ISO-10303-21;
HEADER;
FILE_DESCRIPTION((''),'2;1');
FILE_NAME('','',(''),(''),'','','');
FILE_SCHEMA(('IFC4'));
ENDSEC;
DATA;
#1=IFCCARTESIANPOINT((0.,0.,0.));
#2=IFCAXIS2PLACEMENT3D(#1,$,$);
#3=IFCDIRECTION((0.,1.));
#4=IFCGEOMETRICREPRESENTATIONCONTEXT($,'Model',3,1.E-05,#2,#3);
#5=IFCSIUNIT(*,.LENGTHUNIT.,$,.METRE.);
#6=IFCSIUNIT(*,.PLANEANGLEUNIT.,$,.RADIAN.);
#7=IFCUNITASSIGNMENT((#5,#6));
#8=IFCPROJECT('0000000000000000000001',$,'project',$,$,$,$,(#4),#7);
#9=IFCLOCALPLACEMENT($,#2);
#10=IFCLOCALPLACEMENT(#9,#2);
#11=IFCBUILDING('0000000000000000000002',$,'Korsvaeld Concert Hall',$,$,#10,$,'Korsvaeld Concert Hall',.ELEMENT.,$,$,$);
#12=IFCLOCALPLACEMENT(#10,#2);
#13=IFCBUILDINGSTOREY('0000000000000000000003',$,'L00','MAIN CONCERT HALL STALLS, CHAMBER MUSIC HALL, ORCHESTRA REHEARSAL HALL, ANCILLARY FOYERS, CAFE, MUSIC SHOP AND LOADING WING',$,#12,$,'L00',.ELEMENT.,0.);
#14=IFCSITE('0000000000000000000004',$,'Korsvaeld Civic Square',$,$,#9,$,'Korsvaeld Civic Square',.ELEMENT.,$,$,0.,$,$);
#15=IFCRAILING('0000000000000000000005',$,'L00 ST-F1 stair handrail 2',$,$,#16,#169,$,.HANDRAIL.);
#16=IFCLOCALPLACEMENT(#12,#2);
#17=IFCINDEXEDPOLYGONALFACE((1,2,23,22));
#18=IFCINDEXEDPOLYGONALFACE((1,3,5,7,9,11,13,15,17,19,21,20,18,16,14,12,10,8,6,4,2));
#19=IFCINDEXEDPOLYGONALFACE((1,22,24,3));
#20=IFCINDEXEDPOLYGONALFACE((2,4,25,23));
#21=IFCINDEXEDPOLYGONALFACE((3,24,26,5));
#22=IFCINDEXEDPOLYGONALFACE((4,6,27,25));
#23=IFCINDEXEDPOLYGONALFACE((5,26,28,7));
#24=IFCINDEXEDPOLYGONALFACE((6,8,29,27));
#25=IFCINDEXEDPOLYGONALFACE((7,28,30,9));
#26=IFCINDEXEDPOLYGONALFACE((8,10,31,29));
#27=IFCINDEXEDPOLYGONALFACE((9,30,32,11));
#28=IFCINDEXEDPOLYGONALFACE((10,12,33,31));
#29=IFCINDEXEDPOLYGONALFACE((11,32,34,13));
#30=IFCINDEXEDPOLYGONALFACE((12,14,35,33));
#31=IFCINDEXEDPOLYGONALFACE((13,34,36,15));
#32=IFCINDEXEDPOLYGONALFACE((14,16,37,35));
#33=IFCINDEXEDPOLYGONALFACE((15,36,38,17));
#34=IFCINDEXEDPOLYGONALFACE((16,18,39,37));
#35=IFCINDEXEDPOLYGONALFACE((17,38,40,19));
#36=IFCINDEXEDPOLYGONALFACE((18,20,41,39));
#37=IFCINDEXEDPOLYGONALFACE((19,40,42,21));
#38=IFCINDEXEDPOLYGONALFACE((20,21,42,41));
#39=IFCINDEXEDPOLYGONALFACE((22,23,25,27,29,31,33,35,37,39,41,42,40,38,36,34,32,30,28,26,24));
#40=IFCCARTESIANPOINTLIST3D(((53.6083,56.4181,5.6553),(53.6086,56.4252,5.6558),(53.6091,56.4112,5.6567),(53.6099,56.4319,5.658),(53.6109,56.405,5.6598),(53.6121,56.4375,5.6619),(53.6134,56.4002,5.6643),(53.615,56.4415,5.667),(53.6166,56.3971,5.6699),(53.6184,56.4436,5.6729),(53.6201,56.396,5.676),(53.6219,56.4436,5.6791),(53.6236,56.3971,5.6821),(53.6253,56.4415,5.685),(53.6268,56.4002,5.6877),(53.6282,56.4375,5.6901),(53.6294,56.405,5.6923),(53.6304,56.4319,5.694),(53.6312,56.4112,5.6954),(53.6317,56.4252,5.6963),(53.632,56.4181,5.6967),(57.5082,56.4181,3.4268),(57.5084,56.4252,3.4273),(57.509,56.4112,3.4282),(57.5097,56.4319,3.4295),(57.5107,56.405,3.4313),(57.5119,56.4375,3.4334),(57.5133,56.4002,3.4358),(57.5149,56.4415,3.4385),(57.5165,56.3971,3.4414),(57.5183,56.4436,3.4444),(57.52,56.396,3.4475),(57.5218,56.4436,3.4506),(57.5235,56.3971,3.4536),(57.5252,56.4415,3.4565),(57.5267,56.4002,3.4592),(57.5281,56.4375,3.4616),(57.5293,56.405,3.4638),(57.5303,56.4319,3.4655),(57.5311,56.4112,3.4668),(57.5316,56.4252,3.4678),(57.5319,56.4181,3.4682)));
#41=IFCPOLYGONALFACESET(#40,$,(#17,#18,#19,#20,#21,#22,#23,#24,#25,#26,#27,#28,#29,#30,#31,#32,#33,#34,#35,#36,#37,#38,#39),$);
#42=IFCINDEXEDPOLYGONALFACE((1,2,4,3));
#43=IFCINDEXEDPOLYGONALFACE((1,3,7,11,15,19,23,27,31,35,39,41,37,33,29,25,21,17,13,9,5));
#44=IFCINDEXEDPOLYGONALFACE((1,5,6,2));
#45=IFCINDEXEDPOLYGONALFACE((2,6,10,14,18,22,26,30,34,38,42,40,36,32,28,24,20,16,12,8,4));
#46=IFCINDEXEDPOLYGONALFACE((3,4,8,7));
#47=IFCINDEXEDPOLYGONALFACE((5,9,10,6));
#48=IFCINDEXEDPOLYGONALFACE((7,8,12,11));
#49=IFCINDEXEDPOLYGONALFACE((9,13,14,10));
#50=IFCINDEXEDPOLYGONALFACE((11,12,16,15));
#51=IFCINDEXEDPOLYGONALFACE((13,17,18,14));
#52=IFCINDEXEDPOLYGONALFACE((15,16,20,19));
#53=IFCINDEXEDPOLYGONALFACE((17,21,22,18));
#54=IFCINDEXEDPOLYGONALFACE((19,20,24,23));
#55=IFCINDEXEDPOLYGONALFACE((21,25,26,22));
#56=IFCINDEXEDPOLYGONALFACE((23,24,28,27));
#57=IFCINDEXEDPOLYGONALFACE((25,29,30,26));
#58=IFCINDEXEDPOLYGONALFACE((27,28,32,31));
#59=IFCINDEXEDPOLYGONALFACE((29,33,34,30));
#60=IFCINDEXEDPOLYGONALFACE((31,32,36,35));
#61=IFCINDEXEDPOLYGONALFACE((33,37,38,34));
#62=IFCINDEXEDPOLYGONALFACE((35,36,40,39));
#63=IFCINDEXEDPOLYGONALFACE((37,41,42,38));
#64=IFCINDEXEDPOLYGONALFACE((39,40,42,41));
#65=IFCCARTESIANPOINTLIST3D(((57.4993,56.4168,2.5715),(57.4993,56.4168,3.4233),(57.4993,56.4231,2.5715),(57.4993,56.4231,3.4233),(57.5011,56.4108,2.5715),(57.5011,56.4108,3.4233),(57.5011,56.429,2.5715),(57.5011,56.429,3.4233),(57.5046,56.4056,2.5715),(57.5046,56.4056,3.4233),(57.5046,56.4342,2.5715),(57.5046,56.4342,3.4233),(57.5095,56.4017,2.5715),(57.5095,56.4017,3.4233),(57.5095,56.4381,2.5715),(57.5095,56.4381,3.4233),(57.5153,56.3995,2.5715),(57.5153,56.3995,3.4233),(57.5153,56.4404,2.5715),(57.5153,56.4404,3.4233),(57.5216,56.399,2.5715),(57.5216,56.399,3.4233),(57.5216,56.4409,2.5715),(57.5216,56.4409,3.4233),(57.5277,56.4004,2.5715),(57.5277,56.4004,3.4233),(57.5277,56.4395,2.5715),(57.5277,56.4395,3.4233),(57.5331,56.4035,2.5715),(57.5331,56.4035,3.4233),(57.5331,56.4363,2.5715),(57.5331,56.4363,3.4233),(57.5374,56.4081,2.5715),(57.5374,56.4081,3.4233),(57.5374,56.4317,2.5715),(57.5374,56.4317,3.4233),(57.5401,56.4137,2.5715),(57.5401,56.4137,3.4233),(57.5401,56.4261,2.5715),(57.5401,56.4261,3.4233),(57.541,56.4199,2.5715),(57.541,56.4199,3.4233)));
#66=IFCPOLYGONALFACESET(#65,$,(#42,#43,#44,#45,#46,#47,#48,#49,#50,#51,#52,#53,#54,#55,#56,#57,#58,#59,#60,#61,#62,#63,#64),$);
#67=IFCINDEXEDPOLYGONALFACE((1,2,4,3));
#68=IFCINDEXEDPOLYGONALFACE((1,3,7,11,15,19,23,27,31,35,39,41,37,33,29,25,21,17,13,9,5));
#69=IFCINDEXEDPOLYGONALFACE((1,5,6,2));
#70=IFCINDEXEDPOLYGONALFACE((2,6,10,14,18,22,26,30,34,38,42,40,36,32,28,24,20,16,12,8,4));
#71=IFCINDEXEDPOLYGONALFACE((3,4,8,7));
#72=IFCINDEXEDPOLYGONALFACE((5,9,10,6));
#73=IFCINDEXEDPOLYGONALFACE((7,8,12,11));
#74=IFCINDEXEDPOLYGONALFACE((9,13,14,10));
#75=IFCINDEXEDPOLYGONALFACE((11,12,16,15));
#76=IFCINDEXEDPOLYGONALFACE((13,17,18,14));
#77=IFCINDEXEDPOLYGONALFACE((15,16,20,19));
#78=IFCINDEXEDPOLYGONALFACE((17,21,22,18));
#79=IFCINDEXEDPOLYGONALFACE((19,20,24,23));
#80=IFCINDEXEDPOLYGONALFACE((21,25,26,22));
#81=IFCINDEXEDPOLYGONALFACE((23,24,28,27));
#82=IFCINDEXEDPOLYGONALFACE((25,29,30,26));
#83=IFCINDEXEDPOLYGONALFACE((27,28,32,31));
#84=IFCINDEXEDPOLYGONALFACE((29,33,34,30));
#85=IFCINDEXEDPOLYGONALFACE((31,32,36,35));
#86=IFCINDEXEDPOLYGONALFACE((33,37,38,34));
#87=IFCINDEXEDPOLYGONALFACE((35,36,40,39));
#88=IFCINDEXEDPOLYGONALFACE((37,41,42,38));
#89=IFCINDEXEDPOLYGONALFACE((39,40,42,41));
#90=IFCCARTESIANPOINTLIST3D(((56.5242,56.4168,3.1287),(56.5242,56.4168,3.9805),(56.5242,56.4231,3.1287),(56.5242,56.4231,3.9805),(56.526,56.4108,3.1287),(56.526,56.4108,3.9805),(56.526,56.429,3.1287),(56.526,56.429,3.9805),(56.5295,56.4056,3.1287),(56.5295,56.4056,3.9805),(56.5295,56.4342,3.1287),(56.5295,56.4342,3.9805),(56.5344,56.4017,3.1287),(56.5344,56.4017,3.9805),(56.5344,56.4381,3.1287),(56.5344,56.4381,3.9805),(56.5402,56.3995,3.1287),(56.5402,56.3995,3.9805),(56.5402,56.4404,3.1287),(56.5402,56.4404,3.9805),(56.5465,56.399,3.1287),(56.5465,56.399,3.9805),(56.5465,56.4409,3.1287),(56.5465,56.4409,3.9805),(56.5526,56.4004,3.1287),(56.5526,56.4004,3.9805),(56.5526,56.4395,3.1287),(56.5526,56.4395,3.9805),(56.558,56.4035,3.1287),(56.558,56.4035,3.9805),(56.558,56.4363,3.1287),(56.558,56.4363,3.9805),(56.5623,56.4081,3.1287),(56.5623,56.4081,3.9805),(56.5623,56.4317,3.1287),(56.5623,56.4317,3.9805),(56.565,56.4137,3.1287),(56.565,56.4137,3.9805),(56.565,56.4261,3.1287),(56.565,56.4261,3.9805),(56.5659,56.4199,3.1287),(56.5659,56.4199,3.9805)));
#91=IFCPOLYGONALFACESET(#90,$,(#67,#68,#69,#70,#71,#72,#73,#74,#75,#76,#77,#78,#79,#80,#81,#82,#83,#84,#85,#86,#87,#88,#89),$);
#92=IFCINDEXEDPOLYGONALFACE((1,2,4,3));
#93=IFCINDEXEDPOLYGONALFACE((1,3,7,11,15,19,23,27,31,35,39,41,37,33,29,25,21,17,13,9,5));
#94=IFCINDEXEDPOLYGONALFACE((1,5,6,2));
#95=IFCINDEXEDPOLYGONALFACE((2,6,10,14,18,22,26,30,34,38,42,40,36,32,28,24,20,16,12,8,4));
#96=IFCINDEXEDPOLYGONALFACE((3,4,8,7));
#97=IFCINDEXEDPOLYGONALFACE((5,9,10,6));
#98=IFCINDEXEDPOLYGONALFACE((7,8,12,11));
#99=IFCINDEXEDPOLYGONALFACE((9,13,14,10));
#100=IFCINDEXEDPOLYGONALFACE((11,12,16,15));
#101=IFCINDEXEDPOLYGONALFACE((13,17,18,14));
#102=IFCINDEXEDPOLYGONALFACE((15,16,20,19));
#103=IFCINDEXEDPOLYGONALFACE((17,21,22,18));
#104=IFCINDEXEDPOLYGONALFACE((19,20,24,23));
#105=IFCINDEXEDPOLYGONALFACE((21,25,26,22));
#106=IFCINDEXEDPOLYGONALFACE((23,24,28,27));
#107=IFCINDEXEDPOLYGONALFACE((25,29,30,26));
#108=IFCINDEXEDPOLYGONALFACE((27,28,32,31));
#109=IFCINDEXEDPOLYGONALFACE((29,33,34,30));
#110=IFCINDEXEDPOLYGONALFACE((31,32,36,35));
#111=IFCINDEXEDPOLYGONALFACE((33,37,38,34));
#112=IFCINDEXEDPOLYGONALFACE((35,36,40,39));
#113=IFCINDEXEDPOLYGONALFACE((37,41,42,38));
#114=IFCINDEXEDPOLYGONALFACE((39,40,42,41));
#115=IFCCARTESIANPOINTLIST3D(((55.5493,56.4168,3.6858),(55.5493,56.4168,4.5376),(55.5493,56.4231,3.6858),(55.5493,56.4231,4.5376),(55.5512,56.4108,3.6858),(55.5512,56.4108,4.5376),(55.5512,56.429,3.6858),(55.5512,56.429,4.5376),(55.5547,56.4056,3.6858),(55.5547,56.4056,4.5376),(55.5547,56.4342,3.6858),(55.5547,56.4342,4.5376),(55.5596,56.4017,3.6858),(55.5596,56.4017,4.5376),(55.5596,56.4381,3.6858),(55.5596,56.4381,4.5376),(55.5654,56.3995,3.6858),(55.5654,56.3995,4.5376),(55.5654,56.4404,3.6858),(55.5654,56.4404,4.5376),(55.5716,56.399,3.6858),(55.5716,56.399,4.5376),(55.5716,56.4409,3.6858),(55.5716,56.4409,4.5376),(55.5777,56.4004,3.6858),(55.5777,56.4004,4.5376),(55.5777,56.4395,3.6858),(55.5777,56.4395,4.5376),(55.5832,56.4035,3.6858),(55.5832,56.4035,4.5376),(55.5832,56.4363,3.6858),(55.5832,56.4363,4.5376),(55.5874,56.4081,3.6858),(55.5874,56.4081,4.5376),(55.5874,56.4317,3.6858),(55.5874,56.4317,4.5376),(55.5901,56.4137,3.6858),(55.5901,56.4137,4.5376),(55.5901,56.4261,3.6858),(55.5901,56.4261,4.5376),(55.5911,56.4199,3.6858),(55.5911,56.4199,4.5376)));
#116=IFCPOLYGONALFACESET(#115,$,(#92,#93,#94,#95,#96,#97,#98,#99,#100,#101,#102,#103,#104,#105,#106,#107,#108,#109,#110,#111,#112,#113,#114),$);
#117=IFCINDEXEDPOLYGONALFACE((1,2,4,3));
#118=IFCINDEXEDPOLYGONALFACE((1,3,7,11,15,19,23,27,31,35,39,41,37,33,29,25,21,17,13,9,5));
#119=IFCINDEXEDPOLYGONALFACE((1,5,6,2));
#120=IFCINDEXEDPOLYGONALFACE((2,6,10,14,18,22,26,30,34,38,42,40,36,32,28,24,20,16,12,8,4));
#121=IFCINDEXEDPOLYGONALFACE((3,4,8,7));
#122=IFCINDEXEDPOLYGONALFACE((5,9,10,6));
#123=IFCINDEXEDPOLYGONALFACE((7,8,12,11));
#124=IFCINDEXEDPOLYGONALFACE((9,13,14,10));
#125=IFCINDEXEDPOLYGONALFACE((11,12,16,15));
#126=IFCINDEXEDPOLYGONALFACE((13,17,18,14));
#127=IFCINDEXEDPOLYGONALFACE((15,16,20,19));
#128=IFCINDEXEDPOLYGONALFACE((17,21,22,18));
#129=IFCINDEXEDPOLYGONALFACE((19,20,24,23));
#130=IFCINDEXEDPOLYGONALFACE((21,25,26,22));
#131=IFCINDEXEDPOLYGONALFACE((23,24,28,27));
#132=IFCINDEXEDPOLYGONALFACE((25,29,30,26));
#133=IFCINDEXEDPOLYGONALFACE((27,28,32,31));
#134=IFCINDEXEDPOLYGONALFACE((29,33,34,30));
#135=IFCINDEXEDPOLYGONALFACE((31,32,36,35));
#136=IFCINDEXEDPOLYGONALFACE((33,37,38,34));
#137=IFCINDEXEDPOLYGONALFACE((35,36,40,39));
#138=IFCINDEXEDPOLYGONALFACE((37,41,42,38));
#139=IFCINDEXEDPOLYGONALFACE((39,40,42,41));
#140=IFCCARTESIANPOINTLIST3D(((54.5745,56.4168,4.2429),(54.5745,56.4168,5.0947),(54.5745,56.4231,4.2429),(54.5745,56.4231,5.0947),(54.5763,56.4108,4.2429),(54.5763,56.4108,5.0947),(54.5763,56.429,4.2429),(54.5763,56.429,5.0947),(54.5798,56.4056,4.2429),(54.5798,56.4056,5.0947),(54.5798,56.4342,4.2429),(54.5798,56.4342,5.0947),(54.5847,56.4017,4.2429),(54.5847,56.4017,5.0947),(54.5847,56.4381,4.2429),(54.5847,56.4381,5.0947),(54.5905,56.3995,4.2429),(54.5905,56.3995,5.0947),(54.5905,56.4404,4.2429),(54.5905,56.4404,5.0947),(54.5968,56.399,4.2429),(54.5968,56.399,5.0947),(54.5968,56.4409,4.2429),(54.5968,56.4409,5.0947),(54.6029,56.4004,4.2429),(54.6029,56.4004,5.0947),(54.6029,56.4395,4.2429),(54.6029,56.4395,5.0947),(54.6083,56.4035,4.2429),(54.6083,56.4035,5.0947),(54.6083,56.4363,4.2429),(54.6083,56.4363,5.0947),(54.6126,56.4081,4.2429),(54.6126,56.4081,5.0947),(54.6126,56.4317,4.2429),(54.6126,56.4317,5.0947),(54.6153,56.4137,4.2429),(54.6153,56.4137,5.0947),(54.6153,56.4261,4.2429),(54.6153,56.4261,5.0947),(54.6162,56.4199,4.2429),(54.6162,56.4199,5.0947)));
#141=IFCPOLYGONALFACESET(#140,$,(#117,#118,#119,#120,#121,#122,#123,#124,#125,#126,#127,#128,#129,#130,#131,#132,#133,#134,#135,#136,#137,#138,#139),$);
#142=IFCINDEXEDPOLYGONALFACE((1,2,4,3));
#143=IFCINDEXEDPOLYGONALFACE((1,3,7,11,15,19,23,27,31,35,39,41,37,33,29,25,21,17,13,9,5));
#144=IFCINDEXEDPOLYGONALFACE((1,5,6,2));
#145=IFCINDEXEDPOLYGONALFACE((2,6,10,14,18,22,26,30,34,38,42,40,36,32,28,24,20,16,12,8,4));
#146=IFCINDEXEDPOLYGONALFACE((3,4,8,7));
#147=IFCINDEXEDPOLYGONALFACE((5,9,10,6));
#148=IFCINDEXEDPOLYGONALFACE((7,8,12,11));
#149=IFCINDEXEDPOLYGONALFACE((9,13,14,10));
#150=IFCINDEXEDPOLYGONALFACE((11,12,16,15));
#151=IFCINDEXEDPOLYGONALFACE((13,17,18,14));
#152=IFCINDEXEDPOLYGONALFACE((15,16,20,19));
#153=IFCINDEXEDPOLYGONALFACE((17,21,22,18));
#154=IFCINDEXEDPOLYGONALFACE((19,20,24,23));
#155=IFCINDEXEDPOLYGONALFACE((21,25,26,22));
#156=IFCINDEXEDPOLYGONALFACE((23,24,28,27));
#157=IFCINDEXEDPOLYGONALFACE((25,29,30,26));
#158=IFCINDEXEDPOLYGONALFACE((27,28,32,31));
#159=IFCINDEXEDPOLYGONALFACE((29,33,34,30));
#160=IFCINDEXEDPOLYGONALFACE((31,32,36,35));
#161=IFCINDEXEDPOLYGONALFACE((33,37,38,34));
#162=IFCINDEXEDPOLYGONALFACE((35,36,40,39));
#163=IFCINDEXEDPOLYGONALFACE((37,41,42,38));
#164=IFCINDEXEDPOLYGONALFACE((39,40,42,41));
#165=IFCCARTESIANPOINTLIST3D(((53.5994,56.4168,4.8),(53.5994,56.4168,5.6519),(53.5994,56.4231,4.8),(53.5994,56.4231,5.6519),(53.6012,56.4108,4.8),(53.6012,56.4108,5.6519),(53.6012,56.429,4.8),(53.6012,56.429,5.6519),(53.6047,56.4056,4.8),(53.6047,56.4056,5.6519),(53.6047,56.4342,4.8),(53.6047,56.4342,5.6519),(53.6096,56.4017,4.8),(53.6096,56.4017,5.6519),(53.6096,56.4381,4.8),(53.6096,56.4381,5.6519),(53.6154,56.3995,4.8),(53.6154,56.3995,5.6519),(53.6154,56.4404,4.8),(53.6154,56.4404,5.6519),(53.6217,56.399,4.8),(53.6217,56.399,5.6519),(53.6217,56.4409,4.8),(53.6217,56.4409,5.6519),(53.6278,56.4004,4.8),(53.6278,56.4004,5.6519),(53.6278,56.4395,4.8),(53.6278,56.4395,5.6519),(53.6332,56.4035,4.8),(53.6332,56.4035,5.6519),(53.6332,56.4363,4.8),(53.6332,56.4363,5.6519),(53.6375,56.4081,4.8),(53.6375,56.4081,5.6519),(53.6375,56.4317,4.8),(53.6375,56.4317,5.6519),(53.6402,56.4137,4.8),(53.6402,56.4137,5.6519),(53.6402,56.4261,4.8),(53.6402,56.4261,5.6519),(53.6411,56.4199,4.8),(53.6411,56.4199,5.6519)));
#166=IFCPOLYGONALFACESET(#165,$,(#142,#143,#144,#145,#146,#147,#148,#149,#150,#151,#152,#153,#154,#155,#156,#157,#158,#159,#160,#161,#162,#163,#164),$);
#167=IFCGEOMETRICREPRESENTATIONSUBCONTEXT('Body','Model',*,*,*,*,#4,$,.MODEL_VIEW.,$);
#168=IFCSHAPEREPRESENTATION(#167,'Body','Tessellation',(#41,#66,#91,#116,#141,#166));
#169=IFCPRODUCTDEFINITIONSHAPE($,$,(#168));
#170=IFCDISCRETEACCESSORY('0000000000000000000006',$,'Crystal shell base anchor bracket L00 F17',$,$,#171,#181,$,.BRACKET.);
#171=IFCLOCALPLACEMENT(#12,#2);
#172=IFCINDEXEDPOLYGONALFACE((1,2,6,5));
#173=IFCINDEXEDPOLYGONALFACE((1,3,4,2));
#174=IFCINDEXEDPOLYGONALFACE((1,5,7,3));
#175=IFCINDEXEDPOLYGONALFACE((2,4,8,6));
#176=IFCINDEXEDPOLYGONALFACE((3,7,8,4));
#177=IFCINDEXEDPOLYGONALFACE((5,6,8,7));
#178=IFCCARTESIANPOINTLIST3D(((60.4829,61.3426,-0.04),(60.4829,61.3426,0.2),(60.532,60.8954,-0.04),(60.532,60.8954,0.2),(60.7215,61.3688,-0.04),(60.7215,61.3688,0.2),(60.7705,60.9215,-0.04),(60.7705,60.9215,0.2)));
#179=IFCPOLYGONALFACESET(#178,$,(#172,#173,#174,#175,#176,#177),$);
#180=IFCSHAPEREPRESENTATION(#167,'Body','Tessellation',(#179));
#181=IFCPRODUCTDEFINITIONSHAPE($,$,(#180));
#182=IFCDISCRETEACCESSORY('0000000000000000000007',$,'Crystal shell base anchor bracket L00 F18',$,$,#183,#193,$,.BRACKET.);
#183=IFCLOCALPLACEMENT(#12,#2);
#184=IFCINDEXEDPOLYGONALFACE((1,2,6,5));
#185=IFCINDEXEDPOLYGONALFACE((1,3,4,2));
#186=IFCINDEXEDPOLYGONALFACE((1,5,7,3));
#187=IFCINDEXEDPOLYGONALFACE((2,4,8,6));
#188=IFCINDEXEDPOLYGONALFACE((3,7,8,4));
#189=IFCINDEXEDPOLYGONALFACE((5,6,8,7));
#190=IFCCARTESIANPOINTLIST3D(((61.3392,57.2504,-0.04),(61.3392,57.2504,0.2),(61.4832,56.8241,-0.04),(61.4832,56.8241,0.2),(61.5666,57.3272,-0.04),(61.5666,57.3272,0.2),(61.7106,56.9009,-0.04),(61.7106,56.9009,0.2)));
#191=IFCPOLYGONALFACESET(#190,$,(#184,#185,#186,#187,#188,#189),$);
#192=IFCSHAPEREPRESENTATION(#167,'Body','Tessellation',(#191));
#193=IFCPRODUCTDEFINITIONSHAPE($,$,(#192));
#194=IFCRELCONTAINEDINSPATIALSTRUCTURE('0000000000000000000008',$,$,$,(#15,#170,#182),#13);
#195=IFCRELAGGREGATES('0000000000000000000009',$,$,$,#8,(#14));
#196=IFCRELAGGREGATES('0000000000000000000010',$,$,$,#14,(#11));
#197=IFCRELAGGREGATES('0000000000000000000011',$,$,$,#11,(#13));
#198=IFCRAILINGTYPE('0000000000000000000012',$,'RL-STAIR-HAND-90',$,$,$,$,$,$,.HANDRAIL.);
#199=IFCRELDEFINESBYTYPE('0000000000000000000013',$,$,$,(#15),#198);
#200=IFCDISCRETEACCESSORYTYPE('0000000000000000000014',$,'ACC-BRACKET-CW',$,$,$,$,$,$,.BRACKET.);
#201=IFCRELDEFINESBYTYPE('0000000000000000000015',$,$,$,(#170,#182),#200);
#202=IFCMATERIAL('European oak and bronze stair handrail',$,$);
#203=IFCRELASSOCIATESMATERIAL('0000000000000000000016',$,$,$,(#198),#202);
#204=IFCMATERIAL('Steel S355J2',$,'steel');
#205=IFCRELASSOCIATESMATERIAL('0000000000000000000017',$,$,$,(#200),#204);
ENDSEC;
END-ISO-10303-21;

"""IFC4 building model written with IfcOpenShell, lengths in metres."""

from ifc_helpers import new_model, si_unit, direction, frame, origin, origin_2d, place, context, subcontext, project, spatial, rectangle, circle, extrude, material, type_object, element, save


model = new_model("IFC4")

# Units and contexts
model_context = context("Model", 3, precision=1e-05, world=origin(), true_north=direction((0.0, 1.0)))
body_context = subcontext(model_context, "Body", "Model", "MODEL_VIEW")
ifc_project = project(units=[si_unit("LENGTHUNIT", "METRE"), si_unit("PLANEANGLEUNIT", "RADIAN")], contexts=[model_context])

# Site, building, storey
site_placement = place(None, origin())
site = spatial("IfcSite", under=ifc_project, at=site_placement, Name="Korsvaeld Civic Square", LongName="Korsvaeld Civic Square", CompositionType="ELEMENT", RefElevation=0.0)
building_placement = place(site_placement, origin())
building = spatial("IfcBuilding", under=site, at=building_placement, Name="Korsvaeld Concert Hall", LongName="Korsvaeld Concert Hall", CompositionType="ELEMENT")
storey_placement = place(building_placement, origin())
storey = spatial("IfcBuildingStorey", under=building, at=storey_placement, Name="L00", Description="MAIN CONCERT HALL STALLS, CHAMBER MUSIC HALL, ORCHESTRA REHEARSAL HALL, ANCILLARY FOYERS, CAFE, MUSIC SHOP AND LOADING WING", LongName="L00", CompositionType="ELEMENT", Elevation=0.0)

# Railing
ifc_material_1 = material(Name="European oak and bronze stair handrail")
railing_type_1 = type_object("IfcRailingType", Name="RL-STAIR-HAND-90", PredefinedType="HANDRAIL", material=ifc_material_1)
railing_1_placement = place(storey_placement, frame((57.52, 56.4199, 2.5715)))
element("IfcRailing", 1, at=railing_1_placement, inside=storey, type_object=railing_type_1, Name="L00 ST-F1 stair handrail 2", PredefinedType="HANDRAIL", context=body_context, shape_type="SweptSolid", body=[
    extrude(circle(Radius=0.0239, at=origin_2d()), frame((0.0, 0.0, 0.876), z_axis=(-0.868243, 0.0, 0.496139), x_axis=(0.0, -1.0, 0.0)), (0.0, 0.0, 1.0), 4.4917),
    extrude(circle(Radius=0.021, at=origin_2d()), origin(), (0.0, 0.0, 1.0), 0.8518),
    extrude(circle(Radius=0.021, at=origin_2d()), frame((-0.9751, 0.0, 0.5571)), (0.0, 0.0, 1.0), 0.8518),
    extrude(circle(Radius=0.021, at=origin_2d()), frame((-1.95, 0.0, 1.1143)), (0.0, 0.0, 1.0), 0.8518),
    extrude(circle(Radius=0.021, at=origin_2d()), frame((-2.9248, 0.0, 1.6714)), (0.0, 0.0, 1.0), 0.8518),
    extrude(circle(Radius=0.021, at=origin_2d()), frame((-3.8999, 0.0, 2.2285)), (0.0, 0.0, 1.0), 0.8518),
])

# Discrete accessories
ifc_material_2 = material(Name="Steel S355J2", Category="steel")
discrete_accessory_type = type_object("IfcDiscreteAccessoryType", Name="ACC-BRACKET-CW", PredefinedType="BRACKET", material=ifc_material_2)
for number, where, z_axis, x_axis, name in (
    (2, (60.6267, 61.1321, -0.04), (0.0, 0.0, 1.0), (0.10904, -0.994037, 0.0), "Crystal shell base anchor bracket L00 F17"),
    (3, (61.5249, 57.0757, -0.04), (0.0, 0.0, 1.0), (0.319952, -0.947434, 0.0), "Crystal shell base anchor bracket L00 F18"),
):
    element("IfcDiscreteAccessory", number, at=place(storey_placement, frame(where, z_axis=z_axis, x_axis=x_axis)), inside=storey, type_object=discrete_accessory_type, Name=name, PredefinedType="BRACKET", context=body_context, shape_type="SweptSolid", body=[
        extrude(rectangle(XDim=0.45, YDim=0.24, at=origin_2d()), origin(), (0.0, 0.0, 1.0), 0.24),
    ])

save(model, "model.ifc")
